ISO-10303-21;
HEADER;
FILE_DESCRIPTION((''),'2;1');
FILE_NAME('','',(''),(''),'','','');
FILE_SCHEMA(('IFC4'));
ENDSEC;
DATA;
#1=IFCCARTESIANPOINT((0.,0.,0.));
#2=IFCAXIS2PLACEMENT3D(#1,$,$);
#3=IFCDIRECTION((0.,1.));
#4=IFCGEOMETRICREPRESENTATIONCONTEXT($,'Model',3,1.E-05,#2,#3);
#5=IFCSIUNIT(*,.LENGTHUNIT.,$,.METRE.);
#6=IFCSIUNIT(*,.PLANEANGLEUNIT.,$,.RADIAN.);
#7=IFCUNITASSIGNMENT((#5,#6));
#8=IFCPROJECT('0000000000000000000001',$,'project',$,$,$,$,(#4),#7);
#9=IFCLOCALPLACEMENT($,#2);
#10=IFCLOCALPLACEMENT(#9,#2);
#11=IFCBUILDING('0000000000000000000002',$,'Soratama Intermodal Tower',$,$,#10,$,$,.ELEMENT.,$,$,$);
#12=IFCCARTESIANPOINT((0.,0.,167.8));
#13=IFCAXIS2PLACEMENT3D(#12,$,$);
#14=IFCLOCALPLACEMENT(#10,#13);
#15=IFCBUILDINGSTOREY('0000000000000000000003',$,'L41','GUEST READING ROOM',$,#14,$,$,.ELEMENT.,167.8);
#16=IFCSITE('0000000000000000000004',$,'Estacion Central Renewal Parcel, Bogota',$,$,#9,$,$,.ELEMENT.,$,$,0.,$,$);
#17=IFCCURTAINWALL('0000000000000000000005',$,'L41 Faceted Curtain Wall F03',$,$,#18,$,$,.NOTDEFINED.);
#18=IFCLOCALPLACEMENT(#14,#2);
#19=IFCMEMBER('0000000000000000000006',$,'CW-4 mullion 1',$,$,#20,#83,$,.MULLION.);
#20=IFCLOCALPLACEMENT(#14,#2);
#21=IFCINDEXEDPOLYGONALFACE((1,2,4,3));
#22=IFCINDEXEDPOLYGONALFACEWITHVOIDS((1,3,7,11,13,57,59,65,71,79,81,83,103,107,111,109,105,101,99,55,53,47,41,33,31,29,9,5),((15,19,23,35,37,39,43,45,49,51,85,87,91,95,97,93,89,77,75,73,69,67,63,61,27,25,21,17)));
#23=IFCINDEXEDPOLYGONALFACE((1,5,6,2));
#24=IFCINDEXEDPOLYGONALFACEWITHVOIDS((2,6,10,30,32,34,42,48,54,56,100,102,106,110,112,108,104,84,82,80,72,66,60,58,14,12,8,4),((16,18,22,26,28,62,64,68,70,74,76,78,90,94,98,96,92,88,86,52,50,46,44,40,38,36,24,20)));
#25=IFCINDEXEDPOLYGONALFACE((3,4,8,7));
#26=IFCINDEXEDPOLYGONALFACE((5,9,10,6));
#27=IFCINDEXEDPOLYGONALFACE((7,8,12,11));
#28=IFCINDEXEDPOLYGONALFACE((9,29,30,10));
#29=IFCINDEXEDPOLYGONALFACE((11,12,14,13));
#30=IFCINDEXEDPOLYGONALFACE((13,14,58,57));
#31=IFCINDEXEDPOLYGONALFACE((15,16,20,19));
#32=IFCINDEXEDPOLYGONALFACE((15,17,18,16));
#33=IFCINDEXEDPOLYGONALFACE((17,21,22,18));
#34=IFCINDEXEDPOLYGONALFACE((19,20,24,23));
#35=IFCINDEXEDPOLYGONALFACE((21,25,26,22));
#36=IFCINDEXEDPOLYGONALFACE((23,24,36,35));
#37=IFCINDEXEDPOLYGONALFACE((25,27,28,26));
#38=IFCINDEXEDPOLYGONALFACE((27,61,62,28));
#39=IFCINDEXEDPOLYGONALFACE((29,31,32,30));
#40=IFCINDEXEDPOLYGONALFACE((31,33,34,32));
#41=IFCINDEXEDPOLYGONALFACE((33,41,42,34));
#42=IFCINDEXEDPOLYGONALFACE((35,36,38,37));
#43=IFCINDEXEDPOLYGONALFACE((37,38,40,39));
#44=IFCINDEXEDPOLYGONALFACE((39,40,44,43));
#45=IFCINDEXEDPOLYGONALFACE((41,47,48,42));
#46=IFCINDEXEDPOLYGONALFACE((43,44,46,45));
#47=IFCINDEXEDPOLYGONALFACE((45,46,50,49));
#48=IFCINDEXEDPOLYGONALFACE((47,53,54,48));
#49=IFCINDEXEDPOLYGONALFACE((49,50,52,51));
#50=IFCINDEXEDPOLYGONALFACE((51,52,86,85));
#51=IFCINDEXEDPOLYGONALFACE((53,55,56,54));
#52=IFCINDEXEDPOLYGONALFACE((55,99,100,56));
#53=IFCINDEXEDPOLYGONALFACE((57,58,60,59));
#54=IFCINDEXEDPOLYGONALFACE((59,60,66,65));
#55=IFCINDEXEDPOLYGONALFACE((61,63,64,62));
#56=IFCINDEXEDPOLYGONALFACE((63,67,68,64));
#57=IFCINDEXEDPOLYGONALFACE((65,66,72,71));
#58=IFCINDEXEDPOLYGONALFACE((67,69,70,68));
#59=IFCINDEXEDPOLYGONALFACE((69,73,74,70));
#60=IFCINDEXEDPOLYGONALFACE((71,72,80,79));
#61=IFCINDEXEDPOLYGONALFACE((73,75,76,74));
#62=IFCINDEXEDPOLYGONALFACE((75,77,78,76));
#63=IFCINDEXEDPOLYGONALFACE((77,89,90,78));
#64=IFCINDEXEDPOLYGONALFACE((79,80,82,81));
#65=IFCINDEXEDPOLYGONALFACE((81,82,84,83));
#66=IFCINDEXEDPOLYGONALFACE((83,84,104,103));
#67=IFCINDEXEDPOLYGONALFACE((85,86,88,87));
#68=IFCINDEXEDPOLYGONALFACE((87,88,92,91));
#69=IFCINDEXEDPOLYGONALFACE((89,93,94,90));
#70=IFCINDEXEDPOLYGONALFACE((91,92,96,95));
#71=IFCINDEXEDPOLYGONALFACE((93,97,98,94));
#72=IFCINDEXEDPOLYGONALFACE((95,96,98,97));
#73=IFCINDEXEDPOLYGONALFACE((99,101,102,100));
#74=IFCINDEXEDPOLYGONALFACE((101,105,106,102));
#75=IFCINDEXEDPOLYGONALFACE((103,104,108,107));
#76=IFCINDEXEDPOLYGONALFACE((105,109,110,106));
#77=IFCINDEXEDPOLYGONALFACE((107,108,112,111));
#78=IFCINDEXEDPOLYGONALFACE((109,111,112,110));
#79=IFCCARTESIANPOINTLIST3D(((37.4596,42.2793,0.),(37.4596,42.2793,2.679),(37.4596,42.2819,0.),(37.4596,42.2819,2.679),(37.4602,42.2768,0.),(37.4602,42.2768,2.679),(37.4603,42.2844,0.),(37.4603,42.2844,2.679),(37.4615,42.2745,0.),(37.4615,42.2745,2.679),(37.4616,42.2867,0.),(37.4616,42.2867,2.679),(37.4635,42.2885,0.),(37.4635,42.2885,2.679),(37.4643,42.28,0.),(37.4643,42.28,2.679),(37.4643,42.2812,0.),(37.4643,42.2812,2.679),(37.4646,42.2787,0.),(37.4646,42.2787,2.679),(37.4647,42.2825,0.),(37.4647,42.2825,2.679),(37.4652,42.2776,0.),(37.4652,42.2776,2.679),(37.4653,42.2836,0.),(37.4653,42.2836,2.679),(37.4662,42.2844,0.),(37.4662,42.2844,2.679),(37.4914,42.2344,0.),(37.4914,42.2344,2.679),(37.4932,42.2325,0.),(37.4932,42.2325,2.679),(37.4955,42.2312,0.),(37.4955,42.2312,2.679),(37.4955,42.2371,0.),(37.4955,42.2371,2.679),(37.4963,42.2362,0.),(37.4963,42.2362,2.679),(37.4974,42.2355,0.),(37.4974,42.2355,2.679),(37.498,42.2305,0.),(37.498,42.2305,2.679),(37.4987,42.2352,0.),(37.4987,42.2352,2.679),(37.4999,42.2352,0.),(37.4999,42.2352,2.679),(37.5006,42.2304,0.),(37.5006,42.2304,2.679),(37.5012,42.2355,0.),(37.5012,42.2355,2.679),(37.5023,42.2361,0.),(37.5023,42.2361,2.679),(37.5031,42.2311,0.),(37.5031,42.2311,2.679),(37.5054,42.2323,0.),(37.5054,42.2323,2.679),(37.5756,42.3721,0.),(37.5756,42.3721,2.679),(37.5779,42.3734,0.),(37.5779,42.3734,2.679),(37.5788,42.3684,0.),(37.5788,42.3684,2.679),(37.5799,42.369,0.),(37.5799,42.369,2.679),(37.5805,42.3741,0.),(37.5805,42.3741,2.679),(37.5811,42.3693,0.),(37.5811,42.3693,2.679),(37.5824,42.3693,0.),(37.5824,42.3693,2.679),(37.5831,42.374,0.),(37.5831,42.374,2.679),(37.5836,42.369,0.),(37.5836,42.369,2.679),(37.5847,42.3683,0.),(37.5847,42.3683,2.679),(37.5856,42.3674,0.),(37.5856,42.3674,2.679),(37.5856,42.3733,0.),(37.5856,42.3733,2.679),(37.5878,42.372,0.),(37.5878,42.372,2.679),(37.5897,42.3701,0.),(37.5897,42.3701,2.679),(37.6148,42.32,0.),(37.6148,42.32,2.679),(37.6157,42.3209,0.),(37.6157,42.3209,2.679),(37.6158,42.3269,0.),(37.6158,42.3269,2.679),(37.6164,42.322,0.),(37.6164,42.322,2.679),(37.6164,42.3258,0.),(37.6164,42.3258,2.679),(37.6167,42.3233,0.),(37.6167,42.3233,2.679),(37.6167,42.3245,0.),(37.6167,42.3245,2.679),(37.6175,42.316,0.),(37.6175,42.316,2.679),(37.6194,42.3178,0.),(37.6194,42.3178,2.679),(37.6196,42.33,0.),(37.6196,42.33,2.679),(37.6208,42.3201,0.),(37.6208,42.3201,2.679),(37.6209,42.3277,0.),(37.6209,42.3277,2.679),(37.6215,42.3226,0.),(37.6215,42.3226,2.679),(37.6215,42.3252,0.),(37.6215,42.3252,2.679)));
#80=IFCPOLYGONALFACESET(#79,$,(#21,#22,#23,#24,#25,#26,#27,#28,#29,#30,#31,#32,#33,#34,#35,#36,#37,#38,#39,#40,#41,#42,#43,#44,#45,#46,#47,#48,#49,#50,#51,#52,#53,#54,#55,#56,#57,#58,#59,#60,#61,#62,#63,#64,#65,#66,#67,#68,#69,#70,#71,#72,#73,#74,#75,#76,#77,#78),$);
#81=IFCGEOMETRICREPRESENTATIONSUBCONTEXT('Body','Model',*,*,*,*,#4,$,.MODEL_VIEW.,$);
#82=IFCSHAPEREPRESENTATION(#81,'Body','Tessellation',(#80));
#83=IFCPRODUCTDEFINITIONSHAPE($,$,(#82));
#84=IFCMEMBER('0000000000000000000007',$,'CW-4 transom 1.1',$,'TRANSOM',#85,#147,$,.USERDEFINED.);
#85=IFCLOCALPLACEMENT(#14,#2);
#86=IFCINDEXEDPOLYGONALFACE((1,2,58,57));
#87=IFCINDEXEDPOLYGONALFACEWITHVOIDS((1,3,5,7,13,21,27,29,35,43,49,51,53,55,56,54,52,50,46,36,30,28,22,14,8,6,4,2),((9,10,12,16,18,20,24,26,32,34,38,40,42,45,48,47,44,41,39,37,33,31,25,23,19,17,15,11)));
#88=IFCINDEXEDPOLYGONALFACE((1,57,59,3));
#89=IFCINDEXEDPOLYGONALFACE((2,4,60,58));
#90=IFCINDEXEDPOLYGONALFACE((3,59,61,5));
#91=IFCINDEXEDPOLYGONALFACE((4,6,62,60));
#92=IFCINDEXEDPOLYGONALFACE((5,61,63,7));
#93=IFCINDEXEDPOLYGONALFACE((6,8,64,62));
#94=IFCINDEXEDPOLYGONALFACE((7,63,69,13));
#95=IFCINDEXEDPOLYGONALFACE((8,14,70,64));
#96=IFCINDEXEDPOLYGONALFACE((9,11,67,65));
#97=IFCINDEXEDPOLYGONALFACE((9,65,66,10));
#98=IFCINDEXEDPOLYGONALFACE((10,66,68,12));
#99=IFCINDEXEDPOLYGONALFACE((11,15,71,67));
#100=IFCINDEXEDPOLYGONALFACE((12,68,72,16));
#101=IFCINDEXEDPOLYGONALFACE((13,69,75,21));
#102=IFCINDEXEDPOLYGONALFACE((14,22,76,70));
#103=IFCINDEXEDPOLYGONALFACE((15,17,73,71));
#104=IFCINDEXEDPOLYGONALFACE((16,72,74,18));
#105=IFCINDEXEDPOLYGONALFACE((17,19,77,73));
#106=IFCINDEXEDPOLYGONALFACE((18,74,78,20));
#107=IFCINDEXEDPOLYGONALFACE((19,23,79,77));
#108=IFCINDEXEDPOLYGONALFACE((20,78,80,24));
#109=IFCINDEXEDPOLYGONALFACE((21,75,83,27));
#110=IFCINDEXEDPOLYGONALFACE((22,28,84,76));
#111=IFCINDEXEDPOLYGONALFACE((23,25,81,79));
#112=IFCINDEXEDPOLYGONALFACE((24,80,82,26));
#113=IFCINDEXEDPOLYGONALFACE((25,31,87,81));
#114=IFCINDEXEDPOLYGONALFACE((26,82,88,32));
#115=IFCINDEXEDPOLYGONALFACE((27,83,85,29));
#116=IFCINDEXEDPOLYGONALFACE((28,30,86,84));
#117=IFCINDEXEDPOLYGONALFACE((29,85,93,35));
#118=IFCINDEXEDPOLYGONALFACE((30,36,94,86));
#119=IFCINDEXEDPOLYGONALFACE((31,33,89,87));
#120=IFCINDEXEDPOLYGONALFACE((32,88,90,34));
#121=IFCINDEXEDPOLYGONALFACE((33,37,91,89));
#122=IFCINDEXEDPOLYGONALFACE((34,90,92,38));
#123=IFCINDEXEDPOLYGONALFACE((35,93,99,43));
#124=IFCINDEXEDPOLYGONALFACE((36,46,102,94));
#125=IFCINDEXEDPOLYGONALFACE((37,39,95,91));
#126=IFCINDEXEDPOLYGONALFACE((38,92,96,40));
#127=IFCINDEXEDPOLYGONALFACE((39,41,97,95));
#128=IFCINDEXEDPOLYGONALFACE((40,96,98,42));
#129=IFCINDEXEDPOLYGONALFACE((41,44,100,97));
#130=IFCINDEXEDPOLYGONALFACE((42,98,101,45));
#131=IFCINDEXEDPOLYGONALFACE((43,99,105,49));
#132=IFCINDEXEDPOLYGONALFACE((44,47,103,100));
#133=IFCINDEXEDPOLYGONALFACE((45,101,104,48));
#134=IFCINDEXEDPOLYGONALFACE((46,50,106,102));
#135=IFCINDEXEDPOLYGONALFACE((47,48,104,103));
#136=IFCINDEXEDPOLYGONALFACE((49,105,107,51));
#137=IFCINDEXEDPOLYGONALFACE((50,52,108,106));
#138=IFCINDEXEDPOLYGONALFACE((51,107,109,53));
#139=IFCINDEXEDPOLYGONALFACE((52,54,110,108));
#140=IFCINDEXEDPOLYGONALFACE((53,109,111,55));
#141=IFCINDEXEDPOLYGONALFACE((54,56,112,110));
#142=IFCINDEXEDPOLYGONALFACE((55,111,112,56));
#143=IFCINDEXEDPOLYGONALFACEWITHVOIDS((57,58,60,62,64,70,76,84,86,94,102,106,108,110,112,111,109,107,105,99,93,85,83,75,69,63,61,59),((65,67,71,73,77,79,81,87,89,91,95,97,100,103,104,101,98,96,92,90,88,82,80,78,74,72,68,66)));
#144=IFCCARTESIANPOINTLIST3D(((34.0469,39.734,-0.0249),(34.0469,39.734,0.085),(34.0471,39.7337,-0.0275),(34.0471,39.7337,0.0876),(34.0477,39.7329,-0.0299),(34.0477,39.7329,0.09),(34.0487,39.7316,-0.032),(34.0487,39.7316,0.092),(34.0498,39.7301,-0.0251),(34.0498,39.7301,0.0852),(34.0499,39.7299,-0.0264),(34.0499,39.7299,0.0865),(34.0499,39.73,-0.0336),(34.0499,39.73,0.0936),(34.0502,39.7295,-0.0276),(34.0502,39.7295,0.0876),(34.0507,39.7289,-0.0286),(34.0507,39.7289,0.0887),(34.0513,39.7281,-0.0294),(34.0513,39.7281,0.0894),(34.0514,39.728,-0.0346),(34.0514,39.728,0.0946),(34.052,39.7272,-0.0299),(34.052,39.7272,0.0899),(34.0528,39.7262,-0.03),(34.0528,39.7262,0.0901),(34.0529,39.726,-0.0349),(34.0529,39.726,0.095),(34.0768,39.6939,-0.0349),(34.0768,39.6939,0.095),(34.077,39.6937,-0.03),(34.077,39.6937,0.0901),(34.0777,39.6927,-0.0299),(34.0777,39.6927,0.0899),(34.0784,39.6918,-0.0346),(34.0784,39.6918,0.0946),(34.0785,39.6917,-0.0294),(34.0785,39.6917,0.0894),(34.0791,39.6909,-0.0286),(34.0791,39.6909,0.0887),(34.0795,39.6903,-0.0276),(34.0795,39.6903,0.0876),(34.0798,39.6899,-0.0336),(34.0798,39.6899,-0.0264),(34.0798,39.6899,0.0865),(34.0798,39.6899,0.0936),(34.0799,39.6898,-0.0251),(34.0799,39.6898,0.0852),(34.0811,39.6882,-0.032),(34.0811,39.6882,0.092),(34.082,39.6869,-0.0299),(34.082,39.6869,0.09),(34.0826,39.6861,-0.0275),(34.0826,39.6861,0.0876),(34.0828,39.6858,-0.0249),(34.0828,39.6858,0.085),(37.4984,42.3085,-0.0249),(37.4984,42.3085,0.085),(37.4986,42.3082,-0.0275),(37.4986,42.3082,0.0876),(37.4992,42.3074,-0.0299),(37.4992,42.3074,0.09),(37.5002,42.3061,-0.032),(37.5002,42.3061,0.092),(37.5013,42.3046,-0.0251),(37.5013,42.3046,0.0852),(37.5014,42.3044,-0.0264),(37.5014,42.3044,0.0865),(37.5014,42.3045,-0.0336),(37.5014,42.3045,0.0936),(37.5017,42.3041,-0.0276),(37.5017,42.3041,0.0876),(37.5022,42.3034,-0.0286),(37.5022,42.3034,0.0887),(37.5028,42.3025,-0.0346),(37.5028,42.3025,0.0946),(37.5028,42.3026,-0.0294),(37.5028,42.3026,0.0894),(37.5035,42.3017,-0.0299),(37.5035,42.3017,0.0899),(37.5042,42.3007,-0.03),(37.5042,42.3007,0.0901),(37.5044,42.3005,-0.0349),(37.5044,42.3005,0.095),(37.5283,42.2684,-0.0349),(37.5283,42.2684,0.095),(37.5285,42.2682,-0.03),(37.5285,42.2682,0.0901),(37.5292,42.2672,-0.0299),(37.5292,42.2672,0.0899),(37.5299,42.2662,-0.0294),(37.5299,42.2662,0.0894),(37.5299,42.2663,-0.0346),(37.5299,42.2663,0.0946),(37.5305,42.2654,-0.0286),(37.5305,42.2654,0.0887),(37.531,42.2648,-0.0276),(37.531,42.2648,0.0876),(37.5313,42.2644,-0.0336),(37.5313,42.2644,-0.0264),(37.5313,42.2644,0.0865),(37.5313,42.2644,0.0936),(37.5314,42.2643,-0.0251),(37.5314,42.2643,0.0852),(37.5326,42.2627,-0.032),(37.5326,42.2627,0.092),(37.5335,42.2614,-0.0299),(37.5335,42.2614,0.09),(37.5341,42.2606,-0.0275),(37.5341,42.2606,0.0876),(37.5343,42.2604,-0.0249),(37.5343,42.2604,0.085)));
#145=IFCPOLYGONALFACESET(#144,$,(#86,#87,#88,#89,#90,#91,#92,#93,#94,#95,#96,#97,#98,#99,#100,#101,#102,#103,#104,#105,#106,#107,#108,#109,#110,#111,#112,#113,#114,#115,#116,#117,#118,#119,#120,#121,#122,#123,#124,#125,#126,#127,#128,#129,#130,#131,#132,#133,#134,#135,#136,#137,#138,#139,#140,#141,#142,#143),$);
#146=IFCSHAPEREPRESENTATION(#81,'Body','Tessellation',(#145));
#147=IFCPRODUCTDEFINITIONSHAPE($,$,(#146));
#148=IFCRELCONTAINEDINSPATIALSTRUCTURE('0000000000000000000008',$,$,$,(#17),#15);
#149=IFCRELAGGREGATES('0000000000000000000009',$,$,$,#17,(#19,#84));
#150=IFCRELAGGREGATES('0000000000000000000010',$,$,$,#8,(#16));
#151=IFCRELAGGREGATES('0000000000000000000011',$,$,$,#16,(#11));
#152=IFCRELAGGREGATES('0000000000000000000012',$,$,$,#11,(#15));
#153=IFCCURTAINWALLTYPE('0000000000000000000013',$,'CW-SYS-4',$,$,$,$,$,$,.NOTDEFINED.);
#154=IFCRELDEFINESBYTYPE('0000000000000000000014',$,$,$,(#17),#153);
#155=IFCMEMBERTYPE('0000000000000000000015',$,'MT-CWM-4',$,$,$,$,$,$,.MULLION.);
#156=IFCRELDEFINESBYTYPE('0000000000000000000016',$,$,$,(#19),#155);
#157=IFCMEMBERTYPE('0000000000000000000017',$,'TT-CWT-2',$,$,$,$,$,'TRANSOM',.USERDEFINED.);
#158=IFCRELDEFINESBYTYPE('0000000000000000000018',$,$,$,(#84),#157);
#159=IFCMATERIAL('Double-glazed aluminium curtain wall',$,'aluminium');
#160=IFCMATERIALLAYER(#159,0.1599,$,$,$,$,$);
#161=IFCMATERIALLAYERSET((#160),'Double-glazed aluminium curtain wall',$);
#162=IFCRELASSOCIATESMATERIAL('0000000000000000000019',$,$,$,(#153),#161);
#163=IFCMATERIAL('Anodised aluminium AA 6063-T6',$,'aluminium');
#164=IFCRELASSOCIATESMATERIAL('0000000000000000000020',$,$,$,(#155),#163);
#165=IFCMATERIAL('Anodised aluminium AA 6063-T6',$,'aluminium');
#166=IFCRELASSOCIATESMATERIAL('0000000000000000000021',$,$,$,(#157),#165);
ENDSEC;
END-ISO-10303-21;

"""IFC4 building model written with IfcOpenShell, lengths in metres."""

from ifc_helpers import new_model, si_unit, direction, frame, origin, origin_2d, place, context, subcontext, project, spatial, hollow_rectangle, extrude, material, layer, layer_set, material_profile, profile_set, type_object, element, aggregate, save


model = new_model("IFC4")

# Units and contexts
model_context = context("Model", 3, precision=1e-05, world=origin(), true_north=direction((0.0, 1.0)))
body_context = subcontext(model_context, "Body", "Model", "MODEL_VIEW")
ifc_project = project(units=[si_unit("LENGTHUNIT", "METRE"), si_unit("PLANEANGLEUNIT", "RADIAN")], contexts=[model_context])

# Site, building, storey
site_placement = place(None, origin())
site = spatial("IfcSite", under=ifc_project, at=site_placement, Name="Estacion Central Renewal Parcel, Bogota", CompositionType="ELEMENT", RefElevation=0.0)
building_placement = place(site_placement, origin())
building = spatial("IfcBuilding", under=site, at=building_placement, Name="Soratama Intermodal Tower", CompositionType="ELEMENT")
storey_placement = place(building_placement, frame((0.0, 0.0, 167.8)))
storey = spatial("IfcBuildingStorey", under=building, at=storey_placement, Name="L41", Description="GUEST READING ROOM", CompositionType="ELEMENT", Elevation=167.8)

# Curtain wall, members
ifc_material_1 = material(Name="Double-glazed aluminium curtain wall", Category="aluminium")
ifc_layer_1 = layer(ifc_material_1, 0.1599)
ifc_layer_set_1 = layer_set([ifc_layer_1], Name="Double-glazed aluminium curtain wall")
curtain_wall_type = type_object("IfcCurtainWallType", Name="CW-SYS-4", PredefinedType="NOTDEFINED", material=ifc_layer_set_1)
curtain_wall_placement = place(storey_placement, origin())
curtain_wall = element("IfcCurtainWall", 1, at=curtain_wall_placement, inside=storey, type_object=curtain_wall_type, Name="L41 Faceted Curtain Wall F03", PredefinedType="NOTDEFINED")
ifc_material_2 = material(Name="Anodised aluminium AA 6063-T6", Category="aluminium")
ifc_material_profile_1 = material_profile(ifc_material_2, hollow_rectangle(XDim=0.0701, YDim=0.1599, WallThickness=0.0049, InnerFilletRadius=0.0049, OuterFilletRadius=0.01, at=origin_2d()), Name="CWM160X70X5")
ifc_profile_set_1 = profile_set([ifc_material_profile_1], Name="Anodised aluminium AA 6063-T6")
member_type_1 = type_object("IfcMemberType", Name="MT-CWM-4", PredefinedType="MULLION", material=ifc_profile_set_1)
member_1_placement = place(storey_placement, frame((37.5405, 42.3022, 0.0), z_axis=(0.0, 0.0, 1.0), x_axis=(0.597907, -0.801566, 0.0)))
member_1 = element("IfcMember", 2, at=member_1_placement, type_object=member_type_1, Name="CW-4 mullion 1", PredefinedType="MULLION", context=body_context, shape_type="SweptSolid", body=[
    extrude(hollow_rectangle(XDim=0.0701, YDim=0.1599, WallThickness=0.0049, InnerFilletRadius=0.0049, OuterFilletRadius=0.01, at=origin_2d()), origin(), (0.0, 0.0, 1.0), 2.679),
])
ifc_material_3 = material(Name="Anodised aluminium AA 6063-T6", Category="aluminium")
ifc_material_profile_2 = material_profile(ifc_material_3, hollow_rectangle(XDim=0.0601, YDim=0.1299, WallThickness=0.0049, InnerFilletRadius=0.0049, OuterFilletRadius=0.01, at=origin_2d()), Name="CWT130X60X5")
ifc_profile_set_2 = profile_set([ifc_material_profile_2], Name="Anodised aluminium AA 6063-T6")
member_type_2 = type_object("IfcMemberType", Name="TT-CWT-2", ElementType="TRANSOM", PredefinedType="USERDEFINED", material=ifc_profile_set_2)
member_2_placement = place(storey_placement, frame((37.5164, 42.2844, 0.03), z_axis=(-0.801569, -0.597902, 0.0), x_axis=(0.597902, -0.801569, 0.0)))
member_2 = element("IfcMember", 3, at=member_2_placement, type_object=member_type_2, Name="CW-4 transom 1.1", ObjectType="TRANSOM", PredefinedType="USERDEFINED", context=body_context, shape_type="SweptSolid", body=[
    extrude(hollow_rectangle(XDim=0.0601, YDim=0.1299, WallThickness=0.0049, InnerFilletRadius=0.0049, OuterFilletRadius=0.01, at=origin_2d()), origin(), (0.0, 0.0, 1.0), 4.3059),
])
aggregate(curtain_wall, [member_1, member_2])

save(model, "model.ifc")
